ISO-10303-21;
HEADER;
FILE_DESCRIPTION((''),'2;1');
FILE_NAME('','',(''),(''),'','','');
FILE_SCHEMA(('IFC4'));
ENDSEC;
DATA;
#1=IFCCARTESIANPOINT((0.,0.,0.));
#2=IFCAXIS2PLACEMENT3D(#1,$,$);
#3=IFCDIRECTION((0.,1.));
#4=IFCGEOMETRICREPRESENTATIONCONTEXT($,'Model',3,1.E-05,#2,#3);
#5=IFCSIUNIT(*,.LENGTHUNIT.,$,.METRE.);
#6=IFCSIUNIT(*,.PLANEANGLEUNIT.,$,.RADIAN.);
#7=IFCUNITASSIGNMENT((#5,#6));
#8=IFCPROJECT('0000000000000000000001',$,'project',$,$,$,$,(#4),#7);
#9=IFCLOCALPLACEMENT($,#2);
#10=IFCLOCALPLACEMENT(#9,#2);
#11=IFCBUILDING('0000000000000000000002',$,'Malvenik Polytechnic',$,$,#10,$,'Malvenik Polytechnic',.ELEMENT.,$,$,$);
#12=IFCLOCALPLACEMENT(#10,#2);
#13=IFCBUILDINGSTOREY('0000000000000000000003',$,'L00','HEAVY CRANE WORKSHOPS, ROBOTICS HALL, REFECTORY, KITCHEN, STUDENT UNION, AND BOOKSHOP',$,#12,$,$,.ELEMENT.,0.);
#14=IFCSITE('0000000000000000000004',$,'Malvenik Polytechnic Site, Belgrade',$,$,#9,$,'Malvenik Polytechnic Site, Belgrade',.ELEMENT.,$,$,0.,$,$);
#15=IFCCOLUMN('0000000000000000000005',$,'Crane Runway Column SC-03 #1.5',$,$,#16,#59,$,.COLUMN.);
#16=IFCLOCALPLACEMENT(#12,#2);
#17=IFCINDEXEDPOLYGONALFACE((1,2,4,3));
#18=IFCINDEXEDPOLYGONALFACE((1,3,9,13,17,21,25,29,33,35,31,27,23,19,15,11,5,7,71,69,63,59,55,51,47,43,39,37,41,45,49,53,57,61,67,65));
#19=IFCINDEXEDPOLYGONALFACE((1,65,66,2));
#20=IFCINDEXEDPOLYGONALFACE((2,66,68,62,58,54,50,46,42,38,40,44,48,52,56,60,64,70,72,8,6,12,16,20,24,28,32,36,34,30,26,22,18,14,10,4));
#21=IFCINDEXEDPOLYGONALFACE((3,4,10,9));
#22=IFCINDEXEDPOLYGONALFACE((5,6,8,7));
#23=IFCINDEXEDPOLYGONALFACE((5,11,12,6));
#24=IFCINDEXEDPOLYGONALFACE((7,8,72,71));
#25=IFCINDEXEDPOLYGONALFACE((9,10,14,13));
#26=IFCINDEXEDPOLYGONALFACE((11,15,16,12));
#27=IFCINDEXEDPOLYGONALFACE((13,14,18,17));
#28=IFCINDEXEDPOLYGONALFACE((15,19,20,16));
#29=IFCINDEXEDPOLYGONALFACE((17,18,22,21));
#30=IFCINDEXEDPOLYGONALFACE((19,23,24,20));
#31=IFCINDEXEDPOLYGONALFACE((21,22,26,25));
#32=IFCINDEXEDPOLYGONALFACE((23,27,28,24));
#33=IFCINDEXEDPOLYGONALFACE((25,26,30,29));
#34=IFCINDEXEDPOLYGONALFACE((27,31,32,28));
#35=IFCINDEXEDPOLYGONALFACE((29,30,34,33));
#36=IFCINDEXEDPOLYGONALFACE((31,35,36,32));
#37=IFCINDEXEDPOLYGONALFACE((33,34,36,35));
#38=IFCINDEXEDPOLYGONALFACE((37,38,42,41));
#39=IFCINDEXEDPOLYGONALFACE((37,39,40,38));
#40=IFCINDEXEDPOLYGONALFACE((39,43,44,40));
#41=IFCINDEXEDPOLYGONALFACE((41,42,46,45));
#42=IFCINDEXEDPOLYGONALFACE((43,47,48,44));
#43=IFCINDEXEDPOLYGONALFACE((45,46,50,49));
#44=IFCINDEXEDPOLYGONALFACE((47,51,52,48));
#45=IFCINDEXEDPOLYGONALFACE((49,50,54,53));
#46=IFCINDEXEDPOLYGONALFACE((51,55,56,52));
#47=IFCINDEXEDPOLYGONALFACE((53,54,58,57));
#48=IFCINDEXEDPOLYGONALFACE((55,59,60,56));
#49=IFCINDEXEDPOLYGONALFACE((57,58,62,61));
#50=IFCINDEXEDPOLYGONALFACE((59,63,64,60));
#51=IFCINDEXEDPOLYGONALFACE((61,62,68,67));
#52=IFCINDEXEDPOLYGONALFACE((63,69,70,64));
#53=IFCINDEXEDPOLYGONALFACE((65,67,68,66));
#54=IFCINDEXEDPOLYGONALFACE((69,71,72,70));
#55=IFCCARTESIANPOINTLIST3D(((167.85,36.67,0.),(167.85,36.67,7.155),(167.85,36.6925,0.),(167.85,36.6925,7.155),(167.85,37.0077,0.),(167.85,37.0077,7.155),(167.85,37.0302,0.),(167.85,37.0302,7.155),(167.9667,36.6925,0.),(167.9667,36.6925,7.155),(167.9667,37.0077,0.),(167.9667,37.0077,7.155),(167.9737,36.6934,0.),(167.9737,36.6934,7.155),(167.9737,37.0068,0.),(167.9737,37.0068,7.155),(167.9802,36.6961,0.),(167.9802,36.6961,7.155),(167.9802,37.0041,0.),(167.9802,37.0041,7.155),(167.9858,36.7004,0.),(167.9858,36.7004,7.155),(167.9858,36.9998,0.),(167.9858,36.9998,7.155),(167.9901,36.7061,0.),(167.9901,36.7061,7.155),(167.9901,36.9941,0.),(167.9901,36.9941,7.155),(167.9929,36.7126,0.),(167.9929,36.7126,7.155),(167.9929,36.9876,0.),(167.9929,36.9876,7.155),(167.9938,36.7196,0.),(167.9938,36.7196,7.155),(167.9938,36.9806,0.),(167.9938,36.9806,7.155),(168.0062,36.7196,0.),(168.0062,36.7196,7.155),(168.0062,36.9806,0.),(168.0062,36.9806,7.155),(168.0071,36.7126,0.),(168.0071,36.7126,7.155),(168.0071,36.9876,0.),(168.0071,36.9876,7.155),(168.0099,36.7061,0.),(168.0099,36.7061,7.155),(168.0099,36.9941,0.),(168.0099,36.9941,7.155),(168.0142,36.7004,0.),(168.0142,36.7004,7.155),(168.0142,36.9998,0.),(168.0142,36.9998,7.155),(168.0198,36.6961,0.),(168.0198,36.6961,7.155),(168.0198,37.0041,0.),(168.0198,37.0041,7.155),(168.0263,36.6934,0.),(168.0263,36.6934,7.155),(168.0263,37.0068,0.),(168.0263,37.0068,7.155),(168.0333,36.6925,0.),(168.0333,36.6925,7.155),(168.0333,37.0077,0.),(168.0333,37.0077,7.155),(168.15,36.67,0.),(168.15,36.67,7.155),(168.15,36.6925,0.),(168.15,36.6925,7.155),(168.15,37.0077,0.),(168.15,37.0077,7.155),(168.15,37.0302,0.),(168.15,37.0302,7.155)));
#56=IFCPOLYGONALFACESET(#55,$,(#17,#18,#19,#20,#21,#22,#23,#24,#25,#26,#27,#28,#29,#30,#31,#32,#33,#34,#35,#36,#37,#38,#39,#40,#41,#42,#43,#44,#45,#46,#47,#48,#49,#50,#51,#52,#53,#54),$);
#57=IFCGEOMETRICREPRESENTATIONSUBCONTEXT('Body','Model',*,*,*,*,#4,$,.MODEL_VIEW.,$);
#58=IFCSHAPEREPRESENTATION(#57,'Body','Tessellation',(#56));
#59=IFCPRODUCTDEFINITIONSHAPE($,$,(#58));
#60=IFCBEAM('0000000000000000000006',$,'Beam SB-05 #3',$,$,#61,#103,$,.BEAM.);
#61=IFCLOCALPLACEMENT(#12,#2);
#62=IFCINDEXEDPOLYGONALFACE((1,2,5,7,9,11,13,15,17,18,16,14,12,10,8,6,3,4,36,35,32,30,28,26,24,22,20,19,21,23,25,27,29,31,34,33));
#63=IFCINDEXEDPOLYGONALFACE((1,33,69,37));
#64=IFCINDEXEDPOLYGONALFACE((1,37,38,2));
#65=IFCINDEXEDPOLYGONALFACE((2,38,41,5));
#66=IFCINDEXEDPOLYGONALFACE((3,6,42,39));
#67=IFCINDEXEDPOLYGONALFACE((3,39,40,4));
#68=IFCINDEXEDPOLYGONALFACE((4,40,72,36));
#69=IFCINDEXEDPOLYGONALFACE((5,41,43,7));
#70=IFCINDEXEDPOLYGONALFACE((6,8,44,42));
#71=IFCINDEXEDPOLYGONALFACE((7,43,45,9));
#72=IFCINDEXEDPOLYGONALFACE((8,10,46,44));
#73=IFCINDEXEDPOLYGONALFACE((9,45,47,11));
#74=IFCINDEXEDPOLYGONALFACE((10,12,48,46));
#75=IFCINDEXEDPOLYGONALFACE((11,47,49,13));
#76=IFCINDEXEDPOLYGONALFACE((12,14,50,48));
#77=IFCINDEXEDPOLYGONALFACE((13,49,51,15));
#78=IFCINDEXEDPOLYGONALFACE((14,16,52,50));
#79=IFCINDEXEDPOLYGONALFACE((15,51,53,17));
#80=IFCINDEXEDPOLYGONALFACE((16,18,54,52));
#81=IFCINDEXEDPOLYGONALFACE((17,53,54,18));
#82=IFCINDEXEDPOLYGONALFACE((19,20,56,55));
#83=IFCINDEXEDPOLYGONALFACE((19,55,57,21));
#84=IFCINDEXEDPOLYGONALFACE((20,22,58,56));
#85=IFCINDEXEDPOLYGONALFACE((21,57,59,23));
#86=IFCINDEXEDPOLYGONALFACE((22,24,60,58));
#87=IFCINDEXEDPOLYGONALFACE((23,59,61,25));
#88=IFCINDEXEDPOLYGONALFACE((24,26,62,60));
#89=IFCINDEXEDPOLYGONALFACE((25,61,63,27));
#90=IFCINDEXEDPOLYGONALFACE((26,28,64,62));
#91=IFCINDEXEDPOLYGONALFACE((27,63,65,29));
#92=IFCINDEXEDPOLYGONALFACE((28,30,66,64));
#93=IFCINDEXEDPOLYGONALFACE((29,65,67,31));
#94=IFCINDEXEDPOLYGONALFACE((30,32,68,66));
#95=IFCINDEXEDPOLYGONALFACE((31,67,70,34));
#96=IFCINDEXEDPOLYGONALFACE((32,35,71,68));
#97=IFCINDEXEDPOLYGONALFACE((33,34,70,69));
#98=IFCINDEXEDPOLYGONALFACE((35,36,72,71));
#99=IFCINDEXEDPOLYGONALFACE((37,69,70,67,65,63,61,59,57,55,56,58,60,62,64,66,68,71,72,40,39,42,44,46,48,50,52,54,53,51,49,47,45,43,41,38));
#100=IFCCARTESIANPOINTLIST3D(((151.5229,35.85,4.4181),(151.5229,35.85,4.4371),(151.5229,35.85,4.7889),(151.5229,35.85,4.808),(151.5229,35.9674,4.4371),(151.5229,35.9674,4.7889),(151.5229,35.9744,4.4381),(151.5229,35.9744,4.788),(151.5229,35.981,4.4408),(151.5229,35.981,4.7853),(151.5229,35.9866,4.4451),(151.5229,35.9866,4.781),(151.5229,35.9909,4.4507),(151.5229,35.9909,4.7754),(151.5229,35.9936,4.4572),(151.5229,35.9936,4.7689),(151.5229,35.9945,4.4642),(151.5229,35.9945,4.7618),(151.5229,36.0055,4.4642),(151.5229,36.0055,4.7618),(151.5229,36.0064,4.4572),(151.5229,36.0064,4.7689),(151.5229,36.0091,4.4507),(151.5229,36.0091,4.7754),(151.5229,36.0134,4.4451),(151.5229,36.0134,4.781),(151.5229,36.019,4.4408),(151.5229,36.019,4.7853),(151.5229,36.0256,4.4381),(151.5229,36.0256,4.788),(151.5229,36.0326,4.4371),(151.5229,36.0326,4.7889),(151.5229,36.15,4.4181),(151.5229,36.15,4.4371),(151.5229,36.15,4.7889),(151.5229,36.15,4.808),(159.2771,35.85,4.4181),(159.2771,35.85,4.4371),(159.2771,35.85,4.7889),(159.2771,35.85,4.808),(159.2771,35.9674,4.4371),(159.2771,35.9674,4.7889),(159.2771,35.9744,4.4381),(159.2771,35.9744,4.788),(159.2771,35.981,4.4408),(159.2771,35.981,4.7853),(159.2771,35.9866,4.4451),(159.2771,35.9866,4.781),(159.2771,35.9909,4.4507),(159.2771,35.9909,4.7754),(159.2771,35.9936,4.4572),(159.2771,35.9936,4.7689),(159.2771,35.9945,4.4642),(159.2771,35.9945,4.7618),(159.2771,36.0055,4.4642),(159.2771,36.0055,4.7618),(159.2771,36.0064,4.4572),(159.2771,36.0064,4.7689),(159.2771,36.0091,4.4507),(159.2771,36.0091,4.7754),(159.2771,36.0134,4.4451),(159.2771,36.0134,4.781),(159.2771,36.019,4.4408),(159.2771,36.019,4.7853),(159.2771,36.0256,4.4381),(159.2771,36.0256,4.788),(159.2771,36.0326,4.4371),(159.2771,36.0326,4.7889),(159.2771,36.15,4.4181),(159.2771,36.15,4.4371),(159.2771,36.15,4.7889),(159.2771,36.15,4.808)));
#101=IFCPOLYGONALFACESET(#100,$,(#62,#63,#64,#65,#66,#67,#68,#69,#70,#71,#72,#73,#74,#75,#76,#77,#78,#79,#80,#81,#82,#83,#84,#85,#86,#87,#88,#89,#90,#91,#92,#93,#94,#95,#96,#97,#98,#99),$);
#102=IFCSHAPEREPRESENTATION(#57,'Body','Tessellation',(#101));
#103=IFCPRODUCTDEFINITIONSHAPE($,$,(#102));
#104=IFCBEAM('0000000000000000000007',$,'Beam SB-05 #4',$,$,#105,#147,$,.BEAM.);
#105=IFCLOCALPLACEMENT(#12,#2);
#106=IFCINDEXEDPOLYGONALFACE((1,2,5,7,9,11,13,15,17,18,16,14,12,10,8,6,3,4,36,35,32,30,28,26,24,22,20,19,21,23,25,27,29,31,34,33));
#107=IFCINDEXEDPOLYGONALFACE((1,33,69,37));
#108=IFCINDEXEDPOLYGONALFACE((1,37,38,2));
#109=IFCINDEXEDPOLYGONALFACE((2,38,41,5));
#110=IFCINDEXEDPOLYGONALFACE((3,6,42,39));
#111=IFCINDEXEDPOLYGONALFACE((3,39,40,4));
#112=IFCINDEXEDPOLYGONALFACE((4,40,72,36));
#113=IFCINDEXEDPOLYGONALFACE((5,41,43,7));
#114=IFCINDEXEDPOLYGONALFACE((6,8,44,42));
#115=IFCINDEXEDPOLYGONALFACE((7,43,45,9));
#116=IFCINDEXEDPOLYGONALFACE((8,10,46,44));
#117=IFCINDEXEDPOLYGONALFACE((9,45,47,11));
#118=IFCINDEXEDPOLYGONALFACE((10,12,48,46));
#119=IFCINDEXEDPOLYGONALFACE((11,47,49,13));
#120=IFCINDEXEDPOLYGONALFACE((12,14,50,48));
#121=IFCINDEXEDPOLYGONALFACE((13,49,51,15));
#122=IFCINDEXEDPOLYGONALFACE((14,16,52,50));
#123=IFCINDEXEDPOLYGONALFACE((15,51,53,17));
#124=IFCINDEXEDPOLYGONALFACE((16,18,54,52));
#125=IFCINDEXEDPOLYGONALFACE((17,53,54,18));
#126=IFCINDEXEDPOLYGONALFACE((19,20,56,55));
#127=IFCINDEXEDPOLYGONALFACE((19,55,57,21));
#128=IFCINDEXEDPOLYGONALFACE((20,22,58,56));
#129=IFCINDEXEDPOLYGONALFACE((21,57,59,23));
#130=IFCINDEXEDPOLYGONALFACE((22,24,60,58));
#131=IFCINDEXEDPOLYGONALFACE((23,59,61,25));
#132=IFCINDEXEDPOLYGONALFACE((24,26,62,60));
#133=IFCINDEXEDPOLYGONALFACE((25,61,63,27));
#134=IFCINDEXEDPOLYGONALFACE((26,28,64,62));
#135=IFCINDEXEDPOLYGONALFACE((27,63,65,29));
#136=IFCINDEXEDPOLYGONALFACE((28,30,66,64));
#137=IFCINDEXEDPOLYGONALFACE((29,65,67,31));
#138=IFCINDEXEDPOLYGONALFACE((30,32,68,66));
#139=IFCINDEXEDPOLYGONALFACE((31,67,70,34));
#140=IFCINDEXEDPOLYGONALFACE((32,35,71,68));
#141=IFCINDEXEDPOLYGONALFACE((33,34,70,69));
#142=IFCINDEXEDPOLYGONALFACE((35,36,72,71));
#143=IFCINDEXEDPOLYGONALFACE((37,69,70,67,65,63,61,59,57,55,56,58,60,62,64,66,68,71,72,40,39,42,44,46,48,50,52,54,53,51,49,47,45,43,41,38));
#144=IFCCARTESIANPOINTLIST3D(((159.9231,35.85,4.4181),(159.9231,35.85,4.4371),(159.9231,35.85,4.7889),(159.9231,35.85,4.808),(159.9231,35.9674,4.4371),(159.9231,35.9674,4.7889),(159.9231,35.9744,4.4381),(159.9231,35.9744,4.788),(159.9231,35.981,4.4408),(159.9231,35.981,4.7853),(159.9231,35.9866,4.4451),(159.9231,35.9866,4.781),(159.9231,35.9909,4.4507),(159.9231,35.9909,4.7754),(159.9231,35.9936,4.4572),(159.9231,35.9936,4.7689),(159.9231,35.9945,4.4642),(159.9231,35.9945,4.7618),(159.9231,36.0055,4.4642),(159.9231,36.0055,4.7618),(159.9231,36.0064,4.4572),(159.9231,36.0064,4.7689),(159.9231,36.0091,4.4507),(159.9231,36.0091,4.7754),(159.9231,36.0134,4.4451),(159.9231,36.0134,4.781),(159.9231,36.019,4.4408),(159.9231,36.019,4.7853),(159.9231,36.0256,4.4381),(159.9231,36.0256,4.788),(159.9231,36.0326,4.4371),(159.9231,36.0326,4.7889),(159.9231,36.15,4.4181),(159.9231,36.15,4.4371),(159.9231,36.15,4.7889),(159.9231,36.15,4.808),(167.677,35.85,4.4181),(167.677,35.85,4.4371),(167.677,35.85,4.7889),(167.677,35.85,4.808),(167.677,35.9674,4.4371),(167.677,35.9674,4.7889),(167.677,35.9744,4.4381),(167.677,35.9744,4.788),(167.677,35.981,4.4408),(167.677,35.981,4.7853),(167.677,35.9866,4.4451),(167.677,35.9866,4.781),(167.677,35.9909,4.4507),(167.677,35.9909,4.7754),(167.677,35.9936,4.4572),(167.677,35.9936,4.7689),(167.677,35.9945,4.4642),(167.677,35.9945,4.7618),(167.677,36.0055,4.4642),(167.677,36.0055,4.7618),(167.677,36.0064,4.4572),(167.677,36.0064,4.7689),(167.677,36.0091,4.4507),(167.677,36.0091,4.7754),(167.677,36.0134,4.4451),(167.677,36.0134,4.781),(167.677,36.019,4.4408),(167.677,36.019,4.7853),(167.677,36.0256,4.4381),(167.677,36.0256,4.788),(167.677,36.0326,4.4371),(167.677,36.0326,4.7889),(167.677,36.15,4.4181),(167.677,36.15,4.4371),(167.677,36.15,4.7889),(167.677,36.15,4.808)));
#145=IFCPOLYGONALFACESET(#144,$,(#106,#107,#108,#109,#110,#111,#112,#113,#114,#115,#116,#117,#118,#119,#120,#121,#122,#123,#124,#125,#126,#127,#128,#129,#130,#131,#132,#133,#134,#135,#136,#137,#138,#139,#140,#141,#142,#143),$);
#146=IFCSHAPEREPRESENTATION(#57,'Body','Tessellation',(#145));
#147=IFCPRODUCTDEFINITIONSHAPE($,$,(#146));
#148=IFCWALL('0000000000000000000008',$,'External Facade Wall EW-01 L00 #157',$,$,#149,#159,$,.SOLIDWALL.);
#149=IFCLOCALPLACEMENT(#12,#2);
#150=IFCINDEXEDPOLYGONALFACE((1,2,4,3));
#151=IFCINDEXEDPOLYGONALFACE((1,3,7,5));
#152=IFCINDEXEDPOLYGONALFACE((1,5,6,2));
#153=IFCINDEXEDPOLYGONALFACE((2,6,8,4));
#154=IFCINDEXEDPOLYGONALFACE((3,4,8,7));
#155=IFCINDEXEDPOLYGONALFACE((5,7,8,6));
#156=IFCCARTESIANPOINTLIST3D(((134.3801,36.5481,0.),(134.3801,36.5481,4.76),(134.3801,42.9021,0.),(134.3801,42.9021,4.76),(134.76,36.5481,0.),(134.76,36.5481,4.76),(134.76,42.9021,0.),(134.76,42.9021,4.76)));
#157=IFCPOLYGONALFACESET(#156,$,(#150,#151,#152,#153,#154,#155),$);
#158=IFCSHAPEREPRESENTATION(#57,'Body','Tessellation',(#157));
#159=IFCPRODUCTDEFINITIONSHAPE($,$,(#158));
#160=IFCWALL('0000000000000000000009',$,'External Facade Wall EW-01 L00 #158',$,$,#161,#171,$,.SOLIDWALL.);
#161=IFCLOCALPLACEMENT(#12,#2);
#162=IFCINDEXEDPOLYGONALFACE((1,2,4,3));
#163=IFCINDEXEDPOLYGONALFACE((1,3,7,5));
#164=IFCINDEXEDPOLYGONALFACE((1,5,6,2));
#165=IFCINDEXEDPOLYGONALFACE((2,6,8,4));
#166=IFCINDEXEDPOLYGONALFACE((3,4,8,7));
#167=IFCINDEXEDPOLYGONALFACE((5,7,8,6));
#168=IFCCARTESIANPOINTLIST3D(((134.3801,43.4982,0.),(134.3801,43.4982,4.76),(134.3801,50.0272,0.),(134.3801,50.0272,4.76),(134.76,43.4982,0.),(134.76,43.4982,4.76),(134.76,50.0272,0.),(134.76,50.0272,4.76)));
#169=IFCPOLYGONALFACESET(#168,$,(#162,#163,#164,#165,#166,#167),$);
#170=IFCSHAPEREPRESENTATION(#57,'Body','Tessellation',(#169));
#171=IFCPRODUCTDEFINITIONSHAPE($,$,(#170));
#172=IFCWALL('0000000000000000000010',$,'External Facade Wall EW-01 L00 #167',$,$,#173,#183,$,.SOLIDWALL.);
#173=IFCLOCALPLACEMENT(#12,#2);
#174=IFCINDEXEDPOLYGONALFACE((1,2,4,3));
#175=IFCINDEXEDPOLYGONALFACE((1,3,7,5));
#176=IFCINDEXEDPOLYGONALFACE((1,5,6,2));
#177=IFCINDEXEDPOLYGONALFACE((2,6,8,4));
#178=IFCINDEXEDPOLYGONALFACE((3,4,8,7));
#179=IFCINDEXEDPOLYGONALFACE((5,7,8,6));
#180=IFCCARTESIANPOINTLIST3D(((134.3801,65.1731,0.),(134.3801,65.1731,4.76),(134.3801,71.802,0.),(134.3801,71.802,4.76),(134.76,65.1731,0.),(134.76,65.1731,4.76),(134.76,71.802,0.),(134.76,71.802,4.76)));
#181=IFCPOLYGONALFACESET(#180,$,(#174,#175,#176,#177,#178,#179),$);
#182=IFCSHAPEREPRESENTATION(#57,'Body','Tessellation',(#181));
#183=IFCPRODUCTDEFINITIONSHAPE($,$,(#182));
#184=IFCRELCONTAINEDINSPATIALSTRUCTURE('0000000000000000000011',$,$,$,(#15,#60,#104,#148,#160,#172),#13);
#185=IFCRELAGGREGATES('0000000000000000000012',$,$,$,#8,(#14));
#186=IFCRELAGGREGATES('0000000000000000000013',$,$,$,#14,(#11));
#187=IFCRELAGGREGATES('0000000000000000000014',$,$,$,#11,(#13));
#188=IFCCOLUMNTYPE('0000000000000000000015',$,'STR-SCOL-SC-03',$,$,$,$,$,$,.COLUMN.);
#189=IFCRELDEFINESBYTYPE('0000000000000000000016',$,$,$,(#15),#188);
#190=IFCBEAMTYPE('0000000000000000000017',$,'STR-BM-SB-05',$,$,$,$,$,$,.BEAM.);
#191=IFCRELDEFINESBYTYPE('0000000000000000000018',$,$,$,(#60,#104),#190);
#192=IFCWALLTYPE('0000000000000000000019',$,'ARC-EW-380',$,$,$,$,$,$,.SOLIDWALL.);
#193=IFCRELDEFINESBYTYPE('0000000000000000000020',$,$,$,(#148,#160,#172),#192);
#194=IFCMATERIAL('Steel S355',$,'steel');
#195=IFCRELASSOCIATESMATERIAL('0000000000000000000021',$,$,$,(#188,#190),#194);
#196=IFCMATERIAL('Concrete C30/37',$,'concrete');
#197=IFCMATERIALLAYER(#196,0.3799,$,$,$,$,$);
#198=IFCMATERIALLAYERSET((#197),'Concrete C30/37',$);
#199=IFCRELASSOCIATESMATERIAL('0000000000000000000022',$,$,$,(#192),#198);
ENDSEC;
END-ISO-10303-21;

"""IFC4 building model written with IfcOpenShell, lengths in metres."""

from ifc_helpers import new_model, si_unit, direction, frame, frame_2d, origin, origin_2d, place, context, subcontext, project, spatial, rectangle, i_section, extrude, material, layer, layer_set, material_profile, profile_set, type_object, element, save


model = new_model("IFC4")

# Units and contexts
model_context = context("Model", 3, precision=1e-05, world=origin(), true_north=direction((0.0, 1.0)))
body_context = subcontext(model_context, "Body", "Model", "MODEL_VIEW")
ifc_project = project(units=[si_unit("LENGTHUNIT", "METRE"), si_unit("PLANEANGLEUNIT", "RADIAN")], contexts=[model_context])

# Site, building, storey
site_placement = place(None, origin())
site = spatial("IfcSite", under=ifc_project, at=site_placement, Name="Malvenik Polytechnic Site, Belgrade", LongName="Malvenik Polytechnic Site, Belgrade", CompositionType="ELEMENT", RefElevation=0.0)
building_placement = place(site_placement, origin())
building = spatial("IfcBuilding", under=site, at=building_placement, Name="Malvenik Polytechnic", LongName="Malvenik Polytechnic", CompositionType="ELEMENT")
storey_placement = place(building_placement, origin())
storey = spatial("IfcBuildingStorey", under=building, at=storey_placement, Name="L00", Description="HEAVY CRANE WORKSHOPS, ROBOTICS HALL, REFECTORY, KITCHEN, STUDENT UNION, AND BOOKSHOP", CompositionType="ELEMENT", Elevation=0.0)

# Column
ifc_material_1 = material(Name="Steel S355", Category="steel")
ifc_material_profile_1 = material_profile(ifc_material_1, i_section(OverallWidth=0.3, OverallDepth=0.3601, WebThickness=0.0125, FlangeThickness=0.0225, FilletRadius=0.0271, at=origin_2d()), Name="HEB 360")
ifc_profile_set_1 = profile_set([ifc_material_profile_1], Name="Steel S355")
column_type_1 = type_object("IfcColumnType", Name="STR-SCOL-SC-03", PredefinedType="COLUMN", material=ifc_profile_set_1)
for number, where, z_axis, x_axis, name in (
    (1, (168.0, 36.8501, 0.0), (0.0, 0.0, 1.0), (1.0, 0.0, 0.0), "Crane Runway Column SC-03 #1.5"),
):
    element("IfcColumn", number, at=place(storey_placement, frame(where, z_axis=z_axis, x_axis=x_axis)), inside=storey, type_object=column_type_1, Name=name, PredefinedType="COLUMN", context=body_context, shape_type="SweptSolid", body=[
        extrude(i_section(OverallWidth=0.3, OverallDepth=0.3601, WebThickness=0.0125, FlangeThickness=0.0225, FilletRadius=0.0271, at=origin_2d()), origin(), (0.0, 0.0, 1.0), 7.155),
    ])

# Beams
ifc_material_profile_2 = material_profile(ifc_material_1, i_section(OverallWidth=0.3, OverallDepth=0.3899, WebThickness=0.011, FlangeThickness=0.019, FilletRadius=0.0271, at=origin_2d()), Name="HEA 400")
ifc_profile_set_2 = profile_set([ifc_material_profile_2], Name="Steel S355")
beam_type = type_object("IfcBeamType", Name="STR-BM-SB-05", PredefinedType="BEAM", material=ifc_profile_set_2)
beam_1_placement = place(storey_placement, frame((151.5229, 36.0, 4.613), z_axis=(1.0, 0.0, 0.0), x_axis=(0.0, 1.0, 0.0)))
element("IfcBeam", 2, at=beam_1_placement, inside=storey, type_object=beam_type, Name="Beam SB-05 #3", PredefinedType="BEAM", context=body_context, shape_type="SweptSolid", body=[
    extrude(i_section(OverallWidth=0.3, OverallDepth=0.3899, WebThickness=0.011, FlangeThickness=0.019, FilletRadius=0.0271, at=origin_2d()), origin(), (0.0, 0.0, 1.0), 7.7542),
])
beam_2_placement = place(storey_placement, frame((159.9231, 36.0, 4.613), z_axis=(1.0, 0.0, 0.0), x_axis=(0.0, 1.0, 0.0)))
element("IfcBeam", 3, at=beam_2_placement, inside=storey, type_object=beam_type, Name="Beam SB-05 #4", PredefinedType="BEAM", context=body_context, shape_type="SweptSolid", body=[
    extrude(i_section(OverallWidth=0.3, OverallDepth=0.3899, WebThickness=0.011, FlangeThickness=0.019, FilletRadius=0.0271, at=origin_2d()), origin(), (0.0, 0.0, 1.0), 7.7539),
])

# Walls
ifc_material_2 = material(Name="Concrete C30/37", Category="concrete")
ifc_layer_1 = layer(ifc_material_2, 0.3799)
ifc_layer_set_1 = layer_set([ifc_layer_1], Name="Concrete C30/37")
wall_type_1 = type_object("IfcWallType", Name="ARC-EW-380", PredefinedType="SOLIDWALL", material=ifc_layer_set_1)
wall_1_placement = place(storey_placement, frame((134.5701, 36.5481, 0.0), z_axis=(0.0, 0.0, 1.0), x_axis=(0.0, 1.0, 0.0)))
element("IfcWall", 4, at=wall_1_placement, inside=storey, type_object=wall_type_1, Name="External Facade Wall EW-01 L00 #157", PredefinedType="SOLIDWALL", context=body_context, shape_type="SweptSolid", body=[
    extrude(rectangle(XDim=6.354, YDim=0.3799, at=frame_2d((3.177, 0.0))), origin(), (0.0, 0.0, 1.0), 4.76),
])
wall_2_placement = place(storey_placement, frame((134.5701, 43.498, 0.0), z_axis=(0.0, 0.0, 1.0), x_axis=(0.0, 1.0, 0.0)))
element("IfcWall", 5, at=wall_2_placement, inside=storey, type_object=wall_type_1, Name="External Facade Wall EW-01 L00 #158", PredefinedType="SOLIDWALL", context=body_context, shape_type="SweptSolid", body=[
    extrude(rectangle(XDim=6.5291, YDim=0.3799, at=frame_2d((3.2646, 0.0))), origin(), (0.0, 0.0, 1.0), 4.76),
])
wall_3_placement = place(storey_placement, frame((134.5701, 65.1731, 0.0), z_axis=(0.0, 0.0, 1.0), x_axis=(0.0, 1.0, 0.0)))
element("IfcWall", 6, at=wall_3_placement, inside=storey, type_object=wall_type_1, Name="External Facade Wall EW-01 L00 #167", PredefinedType="SOLIDWALL", context=body_context, shape_type="SweptSolid", body=[
    extrude(rectangle(XDim=6.6289, YDim=0.3799, at=frame_2d((3.3145, 0.0))), origin(), (0.0, 0.0, 1.0), 4.76),
])

save(model, "model.ifc")
